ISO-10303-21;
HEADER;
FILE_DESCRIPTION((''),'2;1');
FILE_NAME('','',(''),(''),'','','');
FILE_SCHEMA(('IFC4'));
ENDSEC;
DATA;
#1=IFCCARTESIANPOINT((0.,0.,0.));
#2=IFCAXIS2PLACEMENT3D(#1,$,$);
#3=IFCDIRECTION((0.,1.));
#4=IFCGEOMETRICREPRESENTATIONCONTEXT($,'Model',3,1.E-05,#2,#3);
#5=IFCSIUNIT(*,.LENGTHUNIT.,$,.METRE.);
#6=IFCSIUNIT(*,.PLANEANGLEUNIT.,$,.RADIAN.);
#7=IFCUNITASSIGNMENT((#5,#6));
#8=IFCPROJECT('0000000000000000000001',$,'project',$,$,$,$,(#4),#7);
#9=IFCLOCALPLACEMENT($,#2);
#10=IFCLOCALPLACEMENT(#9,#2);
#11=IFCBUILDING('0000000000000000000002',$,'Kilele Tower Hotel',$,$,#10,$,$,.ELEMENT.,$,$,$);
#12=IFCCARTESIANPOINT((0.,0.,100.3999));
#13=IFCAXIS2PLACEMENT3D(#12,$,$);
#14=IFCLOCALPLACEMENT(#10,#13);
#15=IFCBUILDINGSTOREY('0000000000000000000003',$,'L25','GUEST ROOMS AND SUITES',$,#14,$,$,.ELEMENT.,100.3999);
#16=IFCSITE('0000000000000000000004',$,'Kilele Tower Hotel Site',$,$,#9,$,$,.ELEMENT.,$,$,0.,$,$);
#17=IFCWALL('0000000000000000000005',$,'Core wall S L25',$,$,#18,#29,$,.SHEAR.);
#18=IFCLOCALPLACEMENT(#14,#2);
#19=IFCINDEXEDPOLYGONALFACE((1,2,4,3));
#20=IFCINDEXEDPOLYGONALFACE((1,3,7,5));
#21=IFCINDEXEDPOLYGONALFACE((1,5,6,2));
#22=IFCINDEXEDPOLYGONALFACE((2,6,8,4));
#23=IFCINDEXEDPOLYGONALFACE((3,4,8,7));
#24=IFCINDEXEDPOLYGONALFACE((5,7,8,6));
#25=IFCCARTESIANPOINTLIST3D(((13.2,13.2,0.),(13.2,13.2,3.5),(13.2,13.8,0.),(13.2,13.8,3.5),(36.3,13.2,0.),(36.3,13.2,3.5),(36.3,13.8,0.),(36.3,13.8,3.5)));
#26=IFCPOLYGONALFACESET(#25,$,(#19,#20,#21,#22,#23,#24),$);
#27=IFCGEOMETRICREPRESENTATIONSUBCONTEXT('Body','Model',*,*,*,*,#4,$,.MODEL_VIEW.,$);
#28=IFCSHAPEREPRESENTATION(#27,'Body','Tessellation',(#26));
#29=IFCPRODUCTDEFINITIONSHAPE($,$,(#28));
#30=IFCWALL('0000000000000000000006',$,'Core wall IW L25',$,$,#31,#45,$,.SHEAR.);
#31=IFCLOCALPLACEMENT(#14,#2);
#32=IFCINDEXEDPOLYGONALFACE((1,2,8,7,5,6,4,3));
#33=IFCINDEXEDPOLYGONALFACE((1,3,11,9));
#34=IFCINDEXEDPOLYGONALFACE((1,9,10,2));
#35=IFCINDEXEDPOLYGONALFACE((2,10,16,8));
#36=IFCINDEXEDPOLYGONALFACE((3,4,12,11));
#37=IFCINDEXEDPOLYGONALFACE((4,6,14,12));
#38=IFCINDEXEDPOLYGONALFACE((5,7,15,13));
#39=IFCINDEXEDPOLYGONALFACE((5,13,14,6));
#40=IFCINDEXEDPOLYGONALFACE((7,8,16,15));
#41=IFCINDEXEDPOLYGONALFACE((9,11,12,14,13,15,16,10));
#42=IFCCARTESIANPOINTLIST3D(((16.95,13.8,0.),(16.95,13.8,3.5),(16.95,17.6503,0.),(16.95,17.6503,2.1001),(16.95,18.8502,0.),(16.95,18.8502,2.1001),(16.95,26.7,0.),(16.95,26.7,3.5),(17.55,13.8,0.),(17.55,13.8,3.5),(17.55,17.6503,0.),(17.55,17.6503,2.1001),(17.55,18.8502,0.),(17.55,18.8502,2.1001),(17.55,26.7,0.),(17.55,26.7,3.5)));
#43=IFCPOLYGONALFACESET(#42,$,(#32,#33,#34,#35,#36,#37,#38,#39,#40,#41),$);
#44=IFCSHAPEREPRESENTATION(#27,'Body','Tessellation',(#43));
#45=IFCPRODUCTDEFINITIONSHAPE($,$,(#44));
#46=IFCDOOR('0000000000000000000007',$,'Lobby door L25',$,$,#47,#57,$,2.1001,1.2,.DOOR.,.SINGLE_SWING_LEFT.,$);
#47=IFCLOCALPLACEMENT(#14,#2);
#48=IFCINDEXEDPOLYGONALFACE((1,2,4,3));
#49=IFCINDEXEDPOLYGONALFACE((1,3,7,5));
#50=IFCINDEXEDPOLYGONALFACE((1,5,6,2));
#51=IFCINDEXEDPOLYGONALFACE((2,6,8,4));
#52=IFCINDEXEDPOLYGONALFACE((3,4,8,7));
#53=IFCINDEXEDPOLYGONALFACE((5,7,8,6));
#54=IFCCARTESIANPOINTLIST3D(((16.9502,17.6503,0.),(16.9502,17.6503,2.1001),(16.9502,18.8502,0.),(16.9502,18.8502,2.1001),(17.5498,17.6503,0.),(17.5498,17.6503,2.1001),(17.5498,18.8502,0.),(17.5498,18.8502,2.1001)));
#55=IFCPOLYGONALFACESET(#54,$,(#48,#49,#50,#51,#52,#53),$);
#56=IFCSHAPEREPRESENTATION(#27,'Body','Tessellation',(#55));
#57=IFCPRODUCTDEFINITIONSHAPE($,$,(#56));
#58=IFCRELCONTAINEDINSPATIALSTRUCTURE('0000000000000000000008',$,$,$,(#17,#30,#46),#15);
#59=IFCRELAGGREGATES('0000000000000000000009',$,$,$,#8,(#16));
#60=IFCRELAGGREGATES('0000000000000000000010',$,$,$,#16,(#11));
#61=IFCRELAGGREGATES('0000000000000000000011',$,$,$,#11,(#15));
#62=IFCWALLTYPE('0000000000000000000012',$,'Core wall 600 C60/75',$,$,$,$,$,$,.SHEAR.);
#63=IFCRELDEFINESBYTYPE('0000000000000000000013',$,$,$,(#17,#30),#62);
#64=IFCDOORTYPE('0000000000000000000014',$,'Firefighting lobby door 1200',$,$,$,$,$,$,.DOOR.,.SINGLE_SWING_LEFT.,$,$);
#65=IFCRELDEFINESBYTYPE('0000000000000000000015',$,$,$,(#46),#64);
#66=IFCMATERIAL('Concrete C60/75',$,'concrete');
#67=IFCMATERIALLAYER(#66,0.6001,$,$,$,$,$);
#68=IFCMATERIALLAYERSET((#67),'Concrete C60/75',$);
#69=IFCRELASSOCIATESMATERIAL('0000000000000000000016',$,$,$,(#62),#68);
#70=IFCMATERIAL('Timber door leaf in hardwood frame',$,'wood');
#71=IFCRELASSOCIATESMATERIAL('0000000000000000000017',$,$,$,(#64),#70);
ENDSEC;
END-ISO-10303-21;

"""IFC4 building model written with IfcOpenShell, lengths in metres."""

from ifc_helpers import new_model, si_unit, direction, frame, frame_2d, origin, place, context, subcontext, project, spatial, rectangle, extrude, material, layer, layer_set, type_object, element, fill, save


model = new_model("IFC4")

# Units and contexts
model_context = context("Model", 3, precision=1e-05, world=origin(), true_north=direction((0.0, 1.0)))
body_context = subcontext(model_context, "Body", "Model", "MODEL_VIEW")
ifc_project = project(units=[si_unit("LENGTHUNIT", "METRE"), si_unit("PLANEANGLEUNIT", "RADIAN")], contexts=[model_context])

# Site, building, storey
site_placement = place(None, origin())
site = spatial("IfcSite", under=ifc_project, at=site_placement, Name="Kilele Tower Hotel Site", CompositionType="ELEMENT", RefElevation=0.0)
building_placement = place(site_placement, origin())
building = spatial("IfcBuilding", under=site, at=building_placement, Name="Kilele Tower Hotel", CompositionType="ELEMENT")
storey_placement = place(building_placement, frame((0.0, 0.0, 100.3999)))
storey = spatial("IfcBuildingStorey", under=building, at=storey_placement, Name="L25", Description="GUEST ROOMS AND SUITES", CompositionType="ELEMENT", Elevation=100.3999)

# Wall
ifc_material_1 = material(Name="Concrete C60/75", Category="concrete")
ifc_layer_1 = layer(ifc_material_1, 0.6001)
ifc_layer_set_1 = layer_set([ifc_layer_1], Name="Concrete C60/75")
wall_type_1 = type_object("IfcWallType", Name="Core wall 600 C60/75", PredefinedType="SHEAR", material=ifc_layer_set_1)
wall_1_placement = place(storey_placement, frame((13.2, 13.5, 0.0), z_axis=(0.0, 0.0, 1.0), x_axis=(1.0, 0.0, 0.0)))
element("IfcWall", 1, at=wall_1_placement, inside=storey, type_object=wall_type_1, Name="Core wall S L25", PredefinedType="SHEAR", context=body_context, shape_type="SweptSolid", body=[
    extrude(rectangle(XDim=23.1001, YDim=0.6001, at=frame_2d((11.55, 0.0))), origin(), (0.0, 0.0, 1.0), 3.5),
])

# Wall, opening, door
wall_2_placement = place(storey_placement, frame((17.25, 13.8, 0.0), z_axis=(0.0, 0.0, 1.0), x_axis=(0.0, 1.0, 0.0)))
wall_2 = element("IfcWall", 2, at=wall_2_placement, inside=storey, type_object=wall_type_1, Name="Core wall IW L25", PredefinedType="SHEAR", context=body_context, shape_type="SweptSolid", body=[
    extrude(rectangle(XDim=12.8999, YDim=0.6001, at=frame_2d((6.45, 0.0))), origin(), (0.0, 0.0, 1.0), 3.5),
])
opening_1_placement = place(wall_2_placement, frame((3.8501, 0.0, 0.0)))
opening_1 = element("IfcOpeningElement", 3, at=opening_1_placement, cuts=wall_2, PredefinedType="OPENING", context=body_context, shape_type="SweptSolid", body=[
    extrude(rectangle(XDim=1.2, YDim=2.1001, at=frame_2d((0.6001, 1.05))), frame((0.0, 0.3101, 0.0), z_axis=(0.0, -1.0, 0.0), x_axis=(1.0, 0.0, 0.0)), (0.0, 0.0, 1.0), 0.6201),
])
ifc_material_2 = material(Name="Timber door leaf in hardwood frame", Category="wood")
door_type_1 = type_object("IfcDoorType", Name="Firefighting lobby door 1200", OperationType="SINGLE_SWING_LEFT", PredefinedType="DOOR", material=ifc_material_2)
door_1_placement = place(opening_1_placement, origin())
door_1 = element("IfcDoor", 4, at=door_1_placement, inside=storey, type_object=door_type_1, Name="Lobby door L25", OperationType="SINGLE_SWING_LEFT", OverallHeight=2.1001, OverallWidth=1.2, PredefinedType="DOOR", context=body_context, shape_type="SweptSolid", body=[
    extrude(rectangle(XDim=1.2, YDim=2.1001, at=frame_2d((0.6001, 1.05))), frame((0.0, 0.2998, 0.0), z_axis=(0.0, -1.0, 0.0), x_axis=(1.0, 0.0, 0.0)), (0.0, 0.0, 1.0), 0.5996),
])
fill(opening_1, door_1)

save(model, "model.ifc")
